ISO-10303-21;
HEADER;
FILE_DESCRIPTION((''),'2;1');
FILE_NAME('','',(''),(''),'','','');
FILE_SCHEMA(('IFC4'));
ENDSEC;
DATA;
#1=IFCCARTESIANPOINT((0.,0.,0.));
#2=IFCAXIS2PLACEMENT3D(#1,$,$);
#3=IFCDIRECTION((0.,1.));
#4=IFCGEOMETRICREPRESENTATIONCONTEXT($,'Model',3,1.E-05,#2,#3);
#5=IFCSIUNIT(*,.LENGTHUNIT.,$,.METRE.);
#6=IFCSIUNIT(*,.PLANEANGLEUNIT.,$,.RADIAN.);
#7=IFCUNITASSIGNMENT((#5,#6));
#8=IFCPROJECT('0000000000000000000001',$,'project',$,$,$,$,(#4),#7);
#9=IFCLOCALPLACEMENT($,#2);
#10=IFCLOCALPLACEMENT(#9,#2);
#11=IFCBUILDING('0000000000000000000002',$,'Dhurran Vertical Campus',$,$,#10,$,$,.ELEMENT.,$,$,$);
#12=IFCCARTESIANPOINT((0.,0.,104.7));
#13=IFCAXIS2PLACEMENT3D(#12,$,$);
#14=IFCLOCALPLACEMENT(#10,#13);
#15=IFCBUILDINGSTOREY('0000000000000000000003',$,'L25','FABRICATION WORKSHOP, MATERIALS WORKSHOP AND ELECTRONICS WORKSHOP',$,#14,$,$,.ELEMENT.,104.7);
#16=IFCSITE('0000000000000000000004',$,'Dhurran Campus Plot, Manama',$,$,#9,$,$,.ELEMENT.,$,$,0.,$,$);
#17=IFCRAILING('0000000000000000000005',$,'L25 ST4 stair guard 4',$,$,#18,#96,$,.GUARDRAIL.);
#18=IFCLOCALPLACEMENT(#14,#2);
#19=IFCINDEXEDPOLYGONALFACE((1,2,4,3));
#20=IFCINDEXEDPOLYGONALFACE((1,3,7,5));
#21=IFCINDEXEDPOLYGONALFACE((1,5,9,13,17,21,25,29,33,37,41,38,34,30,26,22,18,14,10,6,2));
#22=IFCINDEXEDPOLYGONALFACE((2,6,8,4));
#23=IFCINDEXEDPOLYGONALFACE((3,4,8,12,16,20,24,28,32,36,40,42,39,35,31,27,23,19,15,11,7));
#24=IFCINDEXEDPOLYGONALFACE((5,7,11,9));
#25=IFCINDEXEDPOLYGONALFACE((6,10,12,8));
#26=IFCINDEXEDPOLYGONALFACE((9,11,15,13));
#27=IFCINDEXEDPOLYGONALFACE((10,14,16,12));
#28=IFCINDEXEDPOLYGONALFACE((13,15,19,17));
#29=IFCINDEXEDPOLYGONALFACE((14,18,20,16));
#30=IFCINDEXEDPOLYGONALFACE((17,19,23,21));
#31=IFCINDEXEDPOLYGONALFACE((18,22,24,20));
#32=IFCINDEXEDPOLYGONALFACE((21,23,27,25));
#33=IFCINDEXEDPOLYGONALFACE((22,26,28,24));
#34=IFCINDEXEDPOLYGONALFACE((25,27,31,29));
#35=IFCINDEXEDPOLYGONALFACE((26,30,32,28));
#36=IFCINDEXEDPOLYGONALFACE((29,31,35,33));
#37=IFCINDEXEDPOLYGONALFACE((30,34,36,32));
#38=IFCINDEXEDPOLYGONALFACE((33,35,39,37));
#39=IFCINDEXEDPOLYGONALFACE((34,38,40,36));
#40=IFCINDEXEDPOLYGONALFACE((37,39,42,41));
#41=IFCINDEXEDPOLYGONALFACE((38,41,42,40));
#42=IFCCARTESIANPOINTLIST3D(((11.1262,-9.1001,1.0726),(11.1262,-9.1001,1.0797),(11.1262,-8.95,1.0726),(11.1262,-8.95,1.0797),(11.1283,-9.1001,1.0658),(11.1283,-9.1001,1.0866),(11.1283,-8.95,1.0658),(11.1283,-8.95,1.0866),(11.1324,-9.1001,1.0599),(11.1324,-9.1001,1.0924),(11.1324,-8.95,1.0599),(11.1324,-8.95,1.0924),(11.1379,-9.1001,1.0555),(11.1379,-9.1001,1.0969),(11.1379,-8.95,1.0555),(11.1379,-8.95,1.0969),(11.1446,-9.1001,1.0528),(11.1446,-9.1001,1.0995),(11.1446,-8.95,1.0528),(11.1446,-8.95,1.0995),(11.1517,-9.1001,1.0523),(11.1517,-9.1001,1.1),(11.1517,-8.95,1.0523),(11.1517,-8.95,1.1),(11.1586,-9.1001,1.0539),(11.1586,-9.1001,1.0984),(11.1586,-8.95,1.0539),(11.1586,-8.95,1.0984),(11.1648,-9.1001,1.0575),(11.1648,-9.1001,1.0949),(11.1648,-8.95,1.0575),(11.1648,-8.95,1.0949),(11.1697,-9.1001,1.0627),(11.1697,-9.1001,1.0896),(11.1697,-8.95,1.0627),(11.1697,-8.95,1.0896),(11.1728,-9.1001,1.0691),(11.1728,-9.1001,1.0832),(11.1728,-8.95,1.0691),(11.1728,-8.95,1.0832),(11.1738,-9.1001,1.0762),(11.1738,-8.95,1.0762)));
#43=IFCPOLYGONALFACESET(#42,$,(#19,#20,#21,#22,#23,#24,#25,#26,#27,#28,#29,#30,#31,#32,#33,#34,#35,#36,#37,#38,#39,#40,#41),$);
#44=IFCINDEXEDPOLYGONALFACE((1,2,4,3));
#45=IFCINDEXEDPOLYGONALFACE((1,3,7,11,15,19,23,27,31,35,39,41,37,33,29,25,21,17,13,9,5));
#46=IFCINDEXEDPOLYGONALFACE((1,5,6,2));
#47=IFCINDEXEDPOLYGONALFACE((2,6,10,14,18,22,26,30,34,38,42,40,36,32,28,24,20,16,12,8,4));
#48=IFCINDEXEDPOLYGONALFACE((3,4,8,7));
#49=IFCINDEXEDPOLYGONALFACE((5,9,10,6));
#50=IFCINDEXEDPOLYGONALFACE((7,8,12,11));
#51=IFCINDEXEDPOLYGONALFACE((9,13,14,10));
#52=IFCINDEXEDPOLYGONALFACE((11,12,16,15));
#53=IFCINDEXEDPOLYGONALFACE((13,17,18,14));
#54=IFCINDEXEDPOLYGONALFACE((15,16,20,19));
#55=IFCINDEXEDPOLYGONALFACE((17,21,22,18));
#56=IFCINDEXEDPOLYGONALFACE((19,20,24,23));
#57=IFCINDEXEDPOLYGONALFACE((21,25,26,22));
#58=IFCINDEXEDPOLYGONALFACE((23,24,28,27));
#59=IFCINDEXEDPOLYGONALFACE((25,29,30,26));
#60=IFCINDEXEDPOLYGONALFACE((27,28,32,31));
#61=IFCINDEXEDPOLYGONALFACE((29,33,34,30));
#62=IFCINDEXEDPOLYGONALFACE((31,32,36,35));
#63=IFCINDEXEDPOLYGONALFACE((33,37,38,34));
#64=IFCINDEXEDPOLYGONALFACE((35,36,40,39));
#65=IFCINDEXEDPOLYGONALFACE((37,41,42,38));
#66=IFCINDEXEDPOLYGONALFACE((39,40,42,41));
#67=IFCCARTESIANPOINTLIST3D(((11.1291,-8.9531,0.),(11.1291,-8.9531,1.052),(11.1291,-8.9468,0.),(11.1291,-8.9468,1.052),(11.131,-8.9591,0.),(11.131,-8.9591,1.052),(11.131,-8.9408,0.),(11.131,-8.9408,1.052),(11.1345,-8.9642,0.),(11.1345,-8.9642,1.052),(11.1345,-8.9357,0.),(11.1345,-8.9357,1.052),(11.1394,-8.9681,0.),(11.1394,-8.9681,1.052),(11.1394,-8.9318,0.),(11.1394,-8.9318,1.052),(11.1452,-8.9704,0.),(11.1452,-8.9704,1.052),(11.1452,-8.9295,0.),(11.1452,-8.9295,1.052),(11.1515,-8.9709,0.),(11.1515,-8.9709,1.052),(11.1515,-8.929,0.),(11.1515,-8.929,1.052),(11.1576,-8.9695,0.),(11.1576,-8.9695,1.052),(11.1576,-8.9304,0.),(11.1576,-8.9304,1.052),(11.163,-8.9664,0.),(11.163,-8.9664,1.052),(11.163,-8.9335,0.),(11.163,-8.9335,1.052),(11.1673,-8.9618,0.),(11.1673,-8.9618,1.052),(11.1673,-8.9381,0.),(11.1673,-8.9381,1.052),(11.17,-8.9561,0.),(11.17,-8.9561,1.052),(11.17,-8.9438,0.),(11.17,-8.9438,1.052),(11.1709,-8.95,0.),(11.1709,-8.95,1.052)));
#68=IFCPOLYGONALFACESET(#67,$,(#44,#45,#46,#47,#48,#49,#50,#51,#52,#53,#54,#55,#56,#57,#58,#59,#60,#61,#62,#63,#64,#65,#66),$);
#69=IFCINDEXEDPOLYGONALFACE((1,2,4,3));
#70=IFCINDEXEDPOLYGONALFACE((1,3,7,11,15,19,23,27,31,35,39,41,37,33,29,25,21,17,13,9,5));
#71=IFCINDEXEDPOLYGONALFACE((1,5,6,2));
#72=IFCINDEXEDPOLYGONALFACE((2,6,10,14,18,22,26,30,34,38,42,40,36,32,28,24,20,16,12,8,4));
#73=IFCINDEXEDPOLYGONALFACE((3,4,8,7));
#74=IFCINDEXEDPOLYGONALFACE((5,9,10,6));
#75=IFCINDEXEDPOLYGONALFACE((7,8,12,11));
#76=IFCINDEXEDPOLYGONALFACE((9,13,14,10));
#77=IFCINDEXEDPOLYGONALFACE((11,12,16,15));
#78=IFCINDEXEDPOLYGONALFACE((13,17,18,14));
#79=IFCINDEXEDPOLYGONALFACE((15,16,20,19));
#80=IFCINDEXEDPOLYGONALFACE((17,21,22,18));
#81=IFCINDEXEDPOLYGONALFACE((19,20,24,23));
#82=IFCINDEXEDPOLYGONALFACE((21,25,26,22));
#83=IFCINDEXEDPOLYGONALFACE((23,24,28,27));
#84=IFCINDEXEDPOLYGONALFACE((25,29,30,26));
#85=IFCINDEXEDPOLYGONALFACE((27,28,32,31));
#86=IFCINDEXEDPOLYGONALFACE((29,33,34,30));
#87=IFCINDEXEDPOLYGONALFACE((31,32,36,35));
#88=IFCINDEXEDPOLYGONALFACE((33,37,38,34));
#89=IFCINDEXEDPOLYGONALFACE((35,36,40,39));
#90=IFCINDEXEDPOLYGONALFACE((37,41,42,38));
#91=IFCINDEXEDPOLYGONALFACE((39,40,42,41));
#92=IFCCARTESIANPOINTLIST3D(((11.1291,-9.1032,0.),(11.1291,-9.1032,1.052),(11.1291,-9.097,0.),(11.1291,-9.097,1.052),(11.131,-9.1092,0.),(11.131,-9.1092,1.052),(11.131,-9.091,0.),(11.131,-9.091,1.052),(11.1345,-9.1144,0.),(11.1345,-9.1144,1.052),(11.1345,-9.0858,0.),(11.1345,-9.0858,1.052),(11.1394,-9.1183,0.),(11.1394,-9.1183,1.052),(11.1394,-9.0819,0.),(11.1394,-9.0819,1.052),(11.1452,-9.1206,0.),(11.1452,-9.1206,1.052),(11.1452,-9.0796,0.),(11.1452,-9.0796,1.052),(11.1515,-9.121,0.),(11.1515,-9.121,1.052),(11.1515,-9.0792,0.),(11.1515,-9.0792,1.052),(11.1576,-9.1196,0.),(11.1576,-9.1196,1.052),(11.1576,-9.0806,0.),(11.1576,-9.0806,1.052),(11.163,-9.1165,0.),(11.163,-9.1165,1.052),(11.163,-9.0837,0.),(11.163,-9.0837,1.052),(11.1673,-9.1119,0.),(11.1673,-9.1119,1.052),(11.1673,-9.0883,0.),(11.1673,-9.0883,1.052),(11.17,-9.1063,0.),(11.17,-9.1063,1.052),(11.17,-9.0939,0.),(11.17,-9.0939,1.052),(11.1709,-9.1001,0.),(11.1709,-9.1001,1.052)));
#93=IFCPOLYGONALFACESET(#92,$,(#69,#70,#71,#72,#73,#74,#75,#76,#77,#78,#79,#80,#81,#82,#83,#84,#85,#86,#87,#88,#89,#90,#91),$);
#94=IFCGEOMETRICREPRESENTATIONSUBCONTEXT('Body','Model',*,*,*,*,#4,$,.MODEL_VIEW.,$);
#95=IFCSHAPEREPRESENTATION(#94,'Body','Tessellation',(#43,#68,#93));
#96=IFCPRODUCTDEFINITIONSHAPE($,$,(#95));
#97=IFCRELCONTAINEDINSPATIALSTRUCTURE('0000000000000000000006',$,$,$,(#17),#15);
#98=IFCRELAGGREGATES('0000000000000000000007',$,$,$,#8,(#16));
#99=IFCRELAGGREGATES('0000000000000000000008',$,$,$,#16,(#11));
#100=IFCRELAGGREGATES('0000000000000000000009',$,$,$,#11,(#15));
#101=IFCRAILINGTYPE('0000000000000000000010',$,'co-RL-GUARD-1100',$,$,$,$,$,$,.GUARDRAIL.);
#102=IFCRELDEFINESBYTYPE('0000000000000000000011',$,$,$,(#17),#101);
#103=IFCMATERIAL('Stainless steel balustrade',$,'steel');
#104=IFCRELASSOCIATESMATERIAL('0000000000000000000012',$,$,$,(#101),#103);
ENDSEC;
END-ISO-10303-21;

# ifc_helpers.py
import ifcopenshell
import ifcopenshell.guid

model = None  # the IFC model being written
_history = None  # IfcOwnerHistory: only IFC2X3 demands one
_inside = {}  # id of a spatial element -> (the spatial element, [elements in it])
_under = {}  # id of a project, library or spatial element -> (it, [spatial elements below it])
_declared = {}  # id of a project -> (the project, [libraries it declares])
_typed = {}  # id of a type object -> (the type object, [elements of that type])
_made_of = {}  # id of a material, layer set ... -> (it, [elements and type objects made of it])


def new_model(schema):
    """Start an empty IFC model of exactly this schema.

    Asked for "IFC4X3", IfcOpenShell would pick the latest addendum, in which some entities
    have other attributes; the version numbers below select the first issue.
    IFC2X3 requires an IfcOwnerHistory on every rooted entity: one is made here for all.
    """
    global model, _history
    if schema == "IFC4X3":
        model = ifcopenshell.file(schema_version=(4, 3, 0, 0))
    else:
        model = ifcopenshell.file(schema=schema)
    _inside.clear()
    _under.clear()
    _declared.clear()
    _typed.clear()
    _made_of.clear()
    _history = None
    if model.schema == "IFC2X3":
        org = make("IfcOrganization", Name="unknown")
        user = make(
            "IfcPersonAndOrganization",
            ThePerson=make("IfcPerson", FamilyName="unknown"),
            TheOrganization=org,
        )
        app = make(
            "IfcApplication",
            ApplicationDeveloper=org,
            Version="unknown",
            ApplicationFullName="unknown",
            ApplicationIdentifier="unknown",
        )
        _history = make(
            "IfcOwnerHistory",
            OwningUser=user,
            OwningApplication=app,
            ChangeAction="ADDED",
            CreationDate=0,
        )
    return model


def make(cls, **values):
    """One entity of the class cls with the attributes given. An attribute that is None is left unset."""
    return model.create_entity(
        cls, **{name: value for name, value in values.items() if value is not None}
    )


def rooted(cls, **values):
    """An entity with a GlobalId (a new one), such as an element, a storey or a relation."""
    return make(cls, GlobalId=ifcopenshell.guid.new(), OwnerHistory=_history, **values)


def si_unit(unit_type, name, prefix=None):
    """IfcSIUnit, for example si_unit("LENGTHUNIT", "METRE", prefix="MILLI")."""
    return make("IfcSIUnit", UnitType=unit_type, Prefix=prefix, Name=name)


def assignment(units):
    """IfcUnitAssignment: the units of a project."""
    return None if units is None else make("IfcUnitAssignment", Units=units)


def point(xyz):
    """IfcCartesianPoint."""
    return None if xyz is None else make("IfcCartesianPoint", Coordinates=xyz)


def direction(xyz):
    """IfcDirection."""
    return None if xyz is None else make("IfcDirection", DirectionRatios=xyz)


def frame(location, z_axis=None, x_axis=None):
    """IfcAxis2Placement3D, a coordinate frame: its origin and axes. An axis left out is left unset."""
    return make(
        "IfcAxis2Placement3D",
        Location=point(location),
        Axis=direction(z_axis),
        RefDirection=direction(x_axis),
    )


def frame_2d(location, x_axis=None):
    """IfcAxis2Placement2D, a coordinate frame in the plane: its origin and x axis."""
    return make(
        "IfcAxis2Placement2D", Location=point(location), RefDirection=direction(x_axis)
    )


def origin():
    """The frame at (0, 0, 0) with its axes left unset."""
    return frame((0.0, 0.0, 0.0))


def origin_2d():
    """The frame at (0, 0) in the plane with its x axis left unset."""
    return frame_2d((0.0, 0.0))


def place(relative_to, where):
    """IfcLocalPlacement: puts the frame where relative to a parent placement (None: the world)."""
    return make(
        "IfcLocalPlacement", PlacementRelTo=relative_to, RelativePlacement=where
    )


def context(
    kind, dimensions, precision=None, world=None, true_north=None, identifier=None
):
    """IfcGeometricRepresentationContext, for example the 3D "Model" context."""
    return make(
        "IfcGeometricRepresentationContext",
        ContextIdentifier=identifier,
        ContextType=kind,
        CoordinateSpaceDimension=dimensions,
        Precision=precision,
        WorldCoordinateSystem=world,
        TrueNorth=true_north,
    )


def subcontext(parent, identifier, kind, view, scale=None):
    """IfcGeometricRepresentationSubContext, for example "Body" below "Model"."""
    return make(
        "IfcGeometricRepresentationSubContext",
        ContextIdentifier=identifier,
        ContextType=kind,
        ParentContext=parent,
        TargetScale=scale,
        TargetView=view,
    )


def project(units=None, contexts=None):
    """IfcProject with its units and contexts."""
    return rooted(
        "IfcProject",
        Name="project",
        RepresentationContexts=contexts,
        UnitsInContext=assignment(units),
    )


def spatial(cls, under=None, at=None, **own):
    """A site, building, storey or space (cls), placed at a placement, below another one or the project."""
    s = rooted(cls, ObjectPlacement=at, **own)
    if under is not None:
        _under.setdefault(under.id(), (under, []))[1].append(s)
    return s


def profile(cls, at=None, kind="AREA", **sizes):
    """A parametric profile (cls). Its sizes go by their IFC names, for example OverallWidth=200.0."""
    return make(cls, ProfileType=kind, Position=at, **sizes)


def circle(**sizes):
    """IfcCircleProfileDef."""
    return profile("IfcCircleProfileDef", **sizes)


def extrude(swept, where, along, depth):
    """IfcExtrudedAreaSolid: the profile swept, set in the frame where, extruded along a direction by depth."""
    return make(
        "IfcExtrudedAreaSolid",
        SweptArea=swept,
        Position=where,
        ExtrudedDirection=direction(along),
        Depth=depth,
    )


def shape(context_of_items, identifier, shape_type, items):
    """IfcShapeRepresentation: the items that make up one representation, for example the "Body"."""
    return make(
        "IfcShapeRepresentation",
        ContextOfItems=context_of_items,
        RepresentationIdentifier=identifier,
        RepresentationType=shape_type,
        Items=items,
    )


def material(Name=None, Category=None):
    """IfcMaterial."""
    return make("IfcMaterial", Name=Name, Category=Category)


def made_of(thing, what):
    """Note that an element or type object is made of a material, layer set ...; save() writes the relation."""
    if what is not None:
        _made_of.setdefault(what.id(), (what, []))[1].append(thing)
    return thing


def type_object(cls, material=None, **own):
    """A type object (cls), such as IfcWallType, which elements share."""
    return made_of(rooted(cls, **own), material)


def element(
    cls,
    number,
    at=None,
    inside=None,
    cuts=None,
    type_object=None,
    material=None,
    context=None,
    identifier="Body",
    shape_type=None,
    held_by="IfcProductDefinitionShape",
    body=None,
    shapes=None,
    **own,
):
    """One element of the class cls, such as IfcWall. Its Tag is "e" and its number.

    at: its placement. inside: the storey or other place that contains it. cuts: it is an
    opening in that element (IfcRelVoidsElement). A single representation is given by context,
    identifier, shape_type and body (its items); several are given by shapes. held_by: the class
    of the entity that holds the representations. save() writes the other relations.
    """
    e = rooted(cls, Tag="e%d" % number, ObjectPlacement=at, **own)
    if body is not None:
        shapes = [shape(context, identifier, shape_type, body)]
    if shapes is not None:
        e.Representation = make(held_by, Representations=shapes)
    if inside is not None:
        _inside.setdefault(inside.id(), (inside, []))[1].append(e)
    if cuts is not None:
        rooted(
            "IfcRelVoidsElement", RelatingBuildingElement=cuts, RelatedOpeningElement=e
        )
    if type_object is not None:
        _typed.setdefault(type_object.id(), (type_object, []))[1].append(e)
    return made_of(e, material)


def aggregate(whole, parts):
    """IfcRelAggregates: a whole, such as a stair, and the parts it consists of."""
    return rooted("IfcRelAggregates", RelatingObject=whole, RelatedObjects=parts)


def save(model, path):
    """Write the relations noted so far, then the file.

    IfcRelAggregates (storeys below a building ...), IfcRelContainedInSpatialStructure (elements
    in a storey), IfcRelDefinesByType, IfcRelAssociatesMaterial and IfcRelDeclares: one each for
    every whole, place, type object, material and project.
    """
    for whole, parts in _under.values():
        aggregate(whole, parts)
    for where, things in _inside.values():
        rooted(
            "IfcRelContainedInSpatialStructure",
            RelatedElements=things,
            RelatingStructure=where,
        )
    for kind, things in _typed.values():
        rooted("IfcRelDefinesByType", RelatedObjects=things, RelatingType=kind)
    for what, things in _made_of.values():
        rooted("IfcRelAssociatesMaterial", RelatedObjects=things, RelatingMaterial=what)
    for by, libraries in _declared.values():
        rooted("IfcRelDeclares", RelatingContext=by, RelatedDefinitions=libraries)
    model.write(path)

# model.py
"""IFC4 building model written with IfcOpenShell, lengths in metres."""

from ifc_helpers import new_model, si_unit, direction, frame, origin, origin_2d, place, context, subcontext, project, spatial, circle, extrude, material, type_object, element, save


model = new_model("IFC4")

# Units and contexts
model_context = context("Model", 3, precision=1e-05, world=origin(), true_north=direction((0.0, 1.0)))
body_context = subcontext(model_context, "Body", "Model", "MODEL_VIEW")
ifc_project = project(units=[si_unit("LENGTHUNIT", "METRE"), si_unit("PLANEANGLEUNIT", "RADIAN")], contexts=[model_context])

# Site, building, storey
site_placement = place(None, origin())
site = spatial("IfcSite", under=ifc_project, at=site_placement, Name="Dhurran Campus Plot, Manama", CompositionType="ELEMENT", RefElevation=0.0)
building_placement = place(site_placement, origin())
building = spatial("IfcBuilding", under=site, at=building_placement, Name="Dhurran Vertical Campus", CompositionType="ELEMENT")
storey_placement = place(building_placement, frame((0.0, 0.0, 104.7)))
storey = spatial("IfcBuildingStorey", under=building, at=storey_placement, Name="L25", Description="FABRICATION WORKSHOP, MATERIALS WORKSHOP AND ELECTRONICS WORKSHOP", CompositionType="ELEMENT", Elevation=104.7)

# Railing
ifc_material_1 = material(Name="Stainless steel balustrade", Category="steel")
railing_type_1 = type_object("IfcRailingType", Name="co-RL-GUARD-1100", PredefinedType="GUARDRAIL", material=ifc_material_1)
railing_1_placement = place(storey_placement, frame((11.1499, -8.95, 0.0)))
element("IfcRailing", 1, at=railing_1_placement, inside=storey, type_object=railing_type_1, Name="L25 ST4 stair guard 4", PredefinedType="GUARDRAIL", context=body_context, shape_type="SweptSolid", body=[
    extrude(circle(Radius=0.0239, at=origin_2d()), frame((0.0, 0.0, 1.0762), z_axis=(0.0, -1.0, 0.0), x_axis=(1.0, 0.0, 0.0)), (0.0, 0.0, 1.0), 0.1501),
    extrude(circle(Radius=0.021, at=origin_2d()), origin(), (0.0, 0.0, 1.0), 1.052),
    extrude(circle(Radius=0.021, at=origin_2d()), frame((0.0, -0.1501, 0.0)), (0.0, 0.0, 1.0), 1.052),
])

save(model, "model.ifc")
